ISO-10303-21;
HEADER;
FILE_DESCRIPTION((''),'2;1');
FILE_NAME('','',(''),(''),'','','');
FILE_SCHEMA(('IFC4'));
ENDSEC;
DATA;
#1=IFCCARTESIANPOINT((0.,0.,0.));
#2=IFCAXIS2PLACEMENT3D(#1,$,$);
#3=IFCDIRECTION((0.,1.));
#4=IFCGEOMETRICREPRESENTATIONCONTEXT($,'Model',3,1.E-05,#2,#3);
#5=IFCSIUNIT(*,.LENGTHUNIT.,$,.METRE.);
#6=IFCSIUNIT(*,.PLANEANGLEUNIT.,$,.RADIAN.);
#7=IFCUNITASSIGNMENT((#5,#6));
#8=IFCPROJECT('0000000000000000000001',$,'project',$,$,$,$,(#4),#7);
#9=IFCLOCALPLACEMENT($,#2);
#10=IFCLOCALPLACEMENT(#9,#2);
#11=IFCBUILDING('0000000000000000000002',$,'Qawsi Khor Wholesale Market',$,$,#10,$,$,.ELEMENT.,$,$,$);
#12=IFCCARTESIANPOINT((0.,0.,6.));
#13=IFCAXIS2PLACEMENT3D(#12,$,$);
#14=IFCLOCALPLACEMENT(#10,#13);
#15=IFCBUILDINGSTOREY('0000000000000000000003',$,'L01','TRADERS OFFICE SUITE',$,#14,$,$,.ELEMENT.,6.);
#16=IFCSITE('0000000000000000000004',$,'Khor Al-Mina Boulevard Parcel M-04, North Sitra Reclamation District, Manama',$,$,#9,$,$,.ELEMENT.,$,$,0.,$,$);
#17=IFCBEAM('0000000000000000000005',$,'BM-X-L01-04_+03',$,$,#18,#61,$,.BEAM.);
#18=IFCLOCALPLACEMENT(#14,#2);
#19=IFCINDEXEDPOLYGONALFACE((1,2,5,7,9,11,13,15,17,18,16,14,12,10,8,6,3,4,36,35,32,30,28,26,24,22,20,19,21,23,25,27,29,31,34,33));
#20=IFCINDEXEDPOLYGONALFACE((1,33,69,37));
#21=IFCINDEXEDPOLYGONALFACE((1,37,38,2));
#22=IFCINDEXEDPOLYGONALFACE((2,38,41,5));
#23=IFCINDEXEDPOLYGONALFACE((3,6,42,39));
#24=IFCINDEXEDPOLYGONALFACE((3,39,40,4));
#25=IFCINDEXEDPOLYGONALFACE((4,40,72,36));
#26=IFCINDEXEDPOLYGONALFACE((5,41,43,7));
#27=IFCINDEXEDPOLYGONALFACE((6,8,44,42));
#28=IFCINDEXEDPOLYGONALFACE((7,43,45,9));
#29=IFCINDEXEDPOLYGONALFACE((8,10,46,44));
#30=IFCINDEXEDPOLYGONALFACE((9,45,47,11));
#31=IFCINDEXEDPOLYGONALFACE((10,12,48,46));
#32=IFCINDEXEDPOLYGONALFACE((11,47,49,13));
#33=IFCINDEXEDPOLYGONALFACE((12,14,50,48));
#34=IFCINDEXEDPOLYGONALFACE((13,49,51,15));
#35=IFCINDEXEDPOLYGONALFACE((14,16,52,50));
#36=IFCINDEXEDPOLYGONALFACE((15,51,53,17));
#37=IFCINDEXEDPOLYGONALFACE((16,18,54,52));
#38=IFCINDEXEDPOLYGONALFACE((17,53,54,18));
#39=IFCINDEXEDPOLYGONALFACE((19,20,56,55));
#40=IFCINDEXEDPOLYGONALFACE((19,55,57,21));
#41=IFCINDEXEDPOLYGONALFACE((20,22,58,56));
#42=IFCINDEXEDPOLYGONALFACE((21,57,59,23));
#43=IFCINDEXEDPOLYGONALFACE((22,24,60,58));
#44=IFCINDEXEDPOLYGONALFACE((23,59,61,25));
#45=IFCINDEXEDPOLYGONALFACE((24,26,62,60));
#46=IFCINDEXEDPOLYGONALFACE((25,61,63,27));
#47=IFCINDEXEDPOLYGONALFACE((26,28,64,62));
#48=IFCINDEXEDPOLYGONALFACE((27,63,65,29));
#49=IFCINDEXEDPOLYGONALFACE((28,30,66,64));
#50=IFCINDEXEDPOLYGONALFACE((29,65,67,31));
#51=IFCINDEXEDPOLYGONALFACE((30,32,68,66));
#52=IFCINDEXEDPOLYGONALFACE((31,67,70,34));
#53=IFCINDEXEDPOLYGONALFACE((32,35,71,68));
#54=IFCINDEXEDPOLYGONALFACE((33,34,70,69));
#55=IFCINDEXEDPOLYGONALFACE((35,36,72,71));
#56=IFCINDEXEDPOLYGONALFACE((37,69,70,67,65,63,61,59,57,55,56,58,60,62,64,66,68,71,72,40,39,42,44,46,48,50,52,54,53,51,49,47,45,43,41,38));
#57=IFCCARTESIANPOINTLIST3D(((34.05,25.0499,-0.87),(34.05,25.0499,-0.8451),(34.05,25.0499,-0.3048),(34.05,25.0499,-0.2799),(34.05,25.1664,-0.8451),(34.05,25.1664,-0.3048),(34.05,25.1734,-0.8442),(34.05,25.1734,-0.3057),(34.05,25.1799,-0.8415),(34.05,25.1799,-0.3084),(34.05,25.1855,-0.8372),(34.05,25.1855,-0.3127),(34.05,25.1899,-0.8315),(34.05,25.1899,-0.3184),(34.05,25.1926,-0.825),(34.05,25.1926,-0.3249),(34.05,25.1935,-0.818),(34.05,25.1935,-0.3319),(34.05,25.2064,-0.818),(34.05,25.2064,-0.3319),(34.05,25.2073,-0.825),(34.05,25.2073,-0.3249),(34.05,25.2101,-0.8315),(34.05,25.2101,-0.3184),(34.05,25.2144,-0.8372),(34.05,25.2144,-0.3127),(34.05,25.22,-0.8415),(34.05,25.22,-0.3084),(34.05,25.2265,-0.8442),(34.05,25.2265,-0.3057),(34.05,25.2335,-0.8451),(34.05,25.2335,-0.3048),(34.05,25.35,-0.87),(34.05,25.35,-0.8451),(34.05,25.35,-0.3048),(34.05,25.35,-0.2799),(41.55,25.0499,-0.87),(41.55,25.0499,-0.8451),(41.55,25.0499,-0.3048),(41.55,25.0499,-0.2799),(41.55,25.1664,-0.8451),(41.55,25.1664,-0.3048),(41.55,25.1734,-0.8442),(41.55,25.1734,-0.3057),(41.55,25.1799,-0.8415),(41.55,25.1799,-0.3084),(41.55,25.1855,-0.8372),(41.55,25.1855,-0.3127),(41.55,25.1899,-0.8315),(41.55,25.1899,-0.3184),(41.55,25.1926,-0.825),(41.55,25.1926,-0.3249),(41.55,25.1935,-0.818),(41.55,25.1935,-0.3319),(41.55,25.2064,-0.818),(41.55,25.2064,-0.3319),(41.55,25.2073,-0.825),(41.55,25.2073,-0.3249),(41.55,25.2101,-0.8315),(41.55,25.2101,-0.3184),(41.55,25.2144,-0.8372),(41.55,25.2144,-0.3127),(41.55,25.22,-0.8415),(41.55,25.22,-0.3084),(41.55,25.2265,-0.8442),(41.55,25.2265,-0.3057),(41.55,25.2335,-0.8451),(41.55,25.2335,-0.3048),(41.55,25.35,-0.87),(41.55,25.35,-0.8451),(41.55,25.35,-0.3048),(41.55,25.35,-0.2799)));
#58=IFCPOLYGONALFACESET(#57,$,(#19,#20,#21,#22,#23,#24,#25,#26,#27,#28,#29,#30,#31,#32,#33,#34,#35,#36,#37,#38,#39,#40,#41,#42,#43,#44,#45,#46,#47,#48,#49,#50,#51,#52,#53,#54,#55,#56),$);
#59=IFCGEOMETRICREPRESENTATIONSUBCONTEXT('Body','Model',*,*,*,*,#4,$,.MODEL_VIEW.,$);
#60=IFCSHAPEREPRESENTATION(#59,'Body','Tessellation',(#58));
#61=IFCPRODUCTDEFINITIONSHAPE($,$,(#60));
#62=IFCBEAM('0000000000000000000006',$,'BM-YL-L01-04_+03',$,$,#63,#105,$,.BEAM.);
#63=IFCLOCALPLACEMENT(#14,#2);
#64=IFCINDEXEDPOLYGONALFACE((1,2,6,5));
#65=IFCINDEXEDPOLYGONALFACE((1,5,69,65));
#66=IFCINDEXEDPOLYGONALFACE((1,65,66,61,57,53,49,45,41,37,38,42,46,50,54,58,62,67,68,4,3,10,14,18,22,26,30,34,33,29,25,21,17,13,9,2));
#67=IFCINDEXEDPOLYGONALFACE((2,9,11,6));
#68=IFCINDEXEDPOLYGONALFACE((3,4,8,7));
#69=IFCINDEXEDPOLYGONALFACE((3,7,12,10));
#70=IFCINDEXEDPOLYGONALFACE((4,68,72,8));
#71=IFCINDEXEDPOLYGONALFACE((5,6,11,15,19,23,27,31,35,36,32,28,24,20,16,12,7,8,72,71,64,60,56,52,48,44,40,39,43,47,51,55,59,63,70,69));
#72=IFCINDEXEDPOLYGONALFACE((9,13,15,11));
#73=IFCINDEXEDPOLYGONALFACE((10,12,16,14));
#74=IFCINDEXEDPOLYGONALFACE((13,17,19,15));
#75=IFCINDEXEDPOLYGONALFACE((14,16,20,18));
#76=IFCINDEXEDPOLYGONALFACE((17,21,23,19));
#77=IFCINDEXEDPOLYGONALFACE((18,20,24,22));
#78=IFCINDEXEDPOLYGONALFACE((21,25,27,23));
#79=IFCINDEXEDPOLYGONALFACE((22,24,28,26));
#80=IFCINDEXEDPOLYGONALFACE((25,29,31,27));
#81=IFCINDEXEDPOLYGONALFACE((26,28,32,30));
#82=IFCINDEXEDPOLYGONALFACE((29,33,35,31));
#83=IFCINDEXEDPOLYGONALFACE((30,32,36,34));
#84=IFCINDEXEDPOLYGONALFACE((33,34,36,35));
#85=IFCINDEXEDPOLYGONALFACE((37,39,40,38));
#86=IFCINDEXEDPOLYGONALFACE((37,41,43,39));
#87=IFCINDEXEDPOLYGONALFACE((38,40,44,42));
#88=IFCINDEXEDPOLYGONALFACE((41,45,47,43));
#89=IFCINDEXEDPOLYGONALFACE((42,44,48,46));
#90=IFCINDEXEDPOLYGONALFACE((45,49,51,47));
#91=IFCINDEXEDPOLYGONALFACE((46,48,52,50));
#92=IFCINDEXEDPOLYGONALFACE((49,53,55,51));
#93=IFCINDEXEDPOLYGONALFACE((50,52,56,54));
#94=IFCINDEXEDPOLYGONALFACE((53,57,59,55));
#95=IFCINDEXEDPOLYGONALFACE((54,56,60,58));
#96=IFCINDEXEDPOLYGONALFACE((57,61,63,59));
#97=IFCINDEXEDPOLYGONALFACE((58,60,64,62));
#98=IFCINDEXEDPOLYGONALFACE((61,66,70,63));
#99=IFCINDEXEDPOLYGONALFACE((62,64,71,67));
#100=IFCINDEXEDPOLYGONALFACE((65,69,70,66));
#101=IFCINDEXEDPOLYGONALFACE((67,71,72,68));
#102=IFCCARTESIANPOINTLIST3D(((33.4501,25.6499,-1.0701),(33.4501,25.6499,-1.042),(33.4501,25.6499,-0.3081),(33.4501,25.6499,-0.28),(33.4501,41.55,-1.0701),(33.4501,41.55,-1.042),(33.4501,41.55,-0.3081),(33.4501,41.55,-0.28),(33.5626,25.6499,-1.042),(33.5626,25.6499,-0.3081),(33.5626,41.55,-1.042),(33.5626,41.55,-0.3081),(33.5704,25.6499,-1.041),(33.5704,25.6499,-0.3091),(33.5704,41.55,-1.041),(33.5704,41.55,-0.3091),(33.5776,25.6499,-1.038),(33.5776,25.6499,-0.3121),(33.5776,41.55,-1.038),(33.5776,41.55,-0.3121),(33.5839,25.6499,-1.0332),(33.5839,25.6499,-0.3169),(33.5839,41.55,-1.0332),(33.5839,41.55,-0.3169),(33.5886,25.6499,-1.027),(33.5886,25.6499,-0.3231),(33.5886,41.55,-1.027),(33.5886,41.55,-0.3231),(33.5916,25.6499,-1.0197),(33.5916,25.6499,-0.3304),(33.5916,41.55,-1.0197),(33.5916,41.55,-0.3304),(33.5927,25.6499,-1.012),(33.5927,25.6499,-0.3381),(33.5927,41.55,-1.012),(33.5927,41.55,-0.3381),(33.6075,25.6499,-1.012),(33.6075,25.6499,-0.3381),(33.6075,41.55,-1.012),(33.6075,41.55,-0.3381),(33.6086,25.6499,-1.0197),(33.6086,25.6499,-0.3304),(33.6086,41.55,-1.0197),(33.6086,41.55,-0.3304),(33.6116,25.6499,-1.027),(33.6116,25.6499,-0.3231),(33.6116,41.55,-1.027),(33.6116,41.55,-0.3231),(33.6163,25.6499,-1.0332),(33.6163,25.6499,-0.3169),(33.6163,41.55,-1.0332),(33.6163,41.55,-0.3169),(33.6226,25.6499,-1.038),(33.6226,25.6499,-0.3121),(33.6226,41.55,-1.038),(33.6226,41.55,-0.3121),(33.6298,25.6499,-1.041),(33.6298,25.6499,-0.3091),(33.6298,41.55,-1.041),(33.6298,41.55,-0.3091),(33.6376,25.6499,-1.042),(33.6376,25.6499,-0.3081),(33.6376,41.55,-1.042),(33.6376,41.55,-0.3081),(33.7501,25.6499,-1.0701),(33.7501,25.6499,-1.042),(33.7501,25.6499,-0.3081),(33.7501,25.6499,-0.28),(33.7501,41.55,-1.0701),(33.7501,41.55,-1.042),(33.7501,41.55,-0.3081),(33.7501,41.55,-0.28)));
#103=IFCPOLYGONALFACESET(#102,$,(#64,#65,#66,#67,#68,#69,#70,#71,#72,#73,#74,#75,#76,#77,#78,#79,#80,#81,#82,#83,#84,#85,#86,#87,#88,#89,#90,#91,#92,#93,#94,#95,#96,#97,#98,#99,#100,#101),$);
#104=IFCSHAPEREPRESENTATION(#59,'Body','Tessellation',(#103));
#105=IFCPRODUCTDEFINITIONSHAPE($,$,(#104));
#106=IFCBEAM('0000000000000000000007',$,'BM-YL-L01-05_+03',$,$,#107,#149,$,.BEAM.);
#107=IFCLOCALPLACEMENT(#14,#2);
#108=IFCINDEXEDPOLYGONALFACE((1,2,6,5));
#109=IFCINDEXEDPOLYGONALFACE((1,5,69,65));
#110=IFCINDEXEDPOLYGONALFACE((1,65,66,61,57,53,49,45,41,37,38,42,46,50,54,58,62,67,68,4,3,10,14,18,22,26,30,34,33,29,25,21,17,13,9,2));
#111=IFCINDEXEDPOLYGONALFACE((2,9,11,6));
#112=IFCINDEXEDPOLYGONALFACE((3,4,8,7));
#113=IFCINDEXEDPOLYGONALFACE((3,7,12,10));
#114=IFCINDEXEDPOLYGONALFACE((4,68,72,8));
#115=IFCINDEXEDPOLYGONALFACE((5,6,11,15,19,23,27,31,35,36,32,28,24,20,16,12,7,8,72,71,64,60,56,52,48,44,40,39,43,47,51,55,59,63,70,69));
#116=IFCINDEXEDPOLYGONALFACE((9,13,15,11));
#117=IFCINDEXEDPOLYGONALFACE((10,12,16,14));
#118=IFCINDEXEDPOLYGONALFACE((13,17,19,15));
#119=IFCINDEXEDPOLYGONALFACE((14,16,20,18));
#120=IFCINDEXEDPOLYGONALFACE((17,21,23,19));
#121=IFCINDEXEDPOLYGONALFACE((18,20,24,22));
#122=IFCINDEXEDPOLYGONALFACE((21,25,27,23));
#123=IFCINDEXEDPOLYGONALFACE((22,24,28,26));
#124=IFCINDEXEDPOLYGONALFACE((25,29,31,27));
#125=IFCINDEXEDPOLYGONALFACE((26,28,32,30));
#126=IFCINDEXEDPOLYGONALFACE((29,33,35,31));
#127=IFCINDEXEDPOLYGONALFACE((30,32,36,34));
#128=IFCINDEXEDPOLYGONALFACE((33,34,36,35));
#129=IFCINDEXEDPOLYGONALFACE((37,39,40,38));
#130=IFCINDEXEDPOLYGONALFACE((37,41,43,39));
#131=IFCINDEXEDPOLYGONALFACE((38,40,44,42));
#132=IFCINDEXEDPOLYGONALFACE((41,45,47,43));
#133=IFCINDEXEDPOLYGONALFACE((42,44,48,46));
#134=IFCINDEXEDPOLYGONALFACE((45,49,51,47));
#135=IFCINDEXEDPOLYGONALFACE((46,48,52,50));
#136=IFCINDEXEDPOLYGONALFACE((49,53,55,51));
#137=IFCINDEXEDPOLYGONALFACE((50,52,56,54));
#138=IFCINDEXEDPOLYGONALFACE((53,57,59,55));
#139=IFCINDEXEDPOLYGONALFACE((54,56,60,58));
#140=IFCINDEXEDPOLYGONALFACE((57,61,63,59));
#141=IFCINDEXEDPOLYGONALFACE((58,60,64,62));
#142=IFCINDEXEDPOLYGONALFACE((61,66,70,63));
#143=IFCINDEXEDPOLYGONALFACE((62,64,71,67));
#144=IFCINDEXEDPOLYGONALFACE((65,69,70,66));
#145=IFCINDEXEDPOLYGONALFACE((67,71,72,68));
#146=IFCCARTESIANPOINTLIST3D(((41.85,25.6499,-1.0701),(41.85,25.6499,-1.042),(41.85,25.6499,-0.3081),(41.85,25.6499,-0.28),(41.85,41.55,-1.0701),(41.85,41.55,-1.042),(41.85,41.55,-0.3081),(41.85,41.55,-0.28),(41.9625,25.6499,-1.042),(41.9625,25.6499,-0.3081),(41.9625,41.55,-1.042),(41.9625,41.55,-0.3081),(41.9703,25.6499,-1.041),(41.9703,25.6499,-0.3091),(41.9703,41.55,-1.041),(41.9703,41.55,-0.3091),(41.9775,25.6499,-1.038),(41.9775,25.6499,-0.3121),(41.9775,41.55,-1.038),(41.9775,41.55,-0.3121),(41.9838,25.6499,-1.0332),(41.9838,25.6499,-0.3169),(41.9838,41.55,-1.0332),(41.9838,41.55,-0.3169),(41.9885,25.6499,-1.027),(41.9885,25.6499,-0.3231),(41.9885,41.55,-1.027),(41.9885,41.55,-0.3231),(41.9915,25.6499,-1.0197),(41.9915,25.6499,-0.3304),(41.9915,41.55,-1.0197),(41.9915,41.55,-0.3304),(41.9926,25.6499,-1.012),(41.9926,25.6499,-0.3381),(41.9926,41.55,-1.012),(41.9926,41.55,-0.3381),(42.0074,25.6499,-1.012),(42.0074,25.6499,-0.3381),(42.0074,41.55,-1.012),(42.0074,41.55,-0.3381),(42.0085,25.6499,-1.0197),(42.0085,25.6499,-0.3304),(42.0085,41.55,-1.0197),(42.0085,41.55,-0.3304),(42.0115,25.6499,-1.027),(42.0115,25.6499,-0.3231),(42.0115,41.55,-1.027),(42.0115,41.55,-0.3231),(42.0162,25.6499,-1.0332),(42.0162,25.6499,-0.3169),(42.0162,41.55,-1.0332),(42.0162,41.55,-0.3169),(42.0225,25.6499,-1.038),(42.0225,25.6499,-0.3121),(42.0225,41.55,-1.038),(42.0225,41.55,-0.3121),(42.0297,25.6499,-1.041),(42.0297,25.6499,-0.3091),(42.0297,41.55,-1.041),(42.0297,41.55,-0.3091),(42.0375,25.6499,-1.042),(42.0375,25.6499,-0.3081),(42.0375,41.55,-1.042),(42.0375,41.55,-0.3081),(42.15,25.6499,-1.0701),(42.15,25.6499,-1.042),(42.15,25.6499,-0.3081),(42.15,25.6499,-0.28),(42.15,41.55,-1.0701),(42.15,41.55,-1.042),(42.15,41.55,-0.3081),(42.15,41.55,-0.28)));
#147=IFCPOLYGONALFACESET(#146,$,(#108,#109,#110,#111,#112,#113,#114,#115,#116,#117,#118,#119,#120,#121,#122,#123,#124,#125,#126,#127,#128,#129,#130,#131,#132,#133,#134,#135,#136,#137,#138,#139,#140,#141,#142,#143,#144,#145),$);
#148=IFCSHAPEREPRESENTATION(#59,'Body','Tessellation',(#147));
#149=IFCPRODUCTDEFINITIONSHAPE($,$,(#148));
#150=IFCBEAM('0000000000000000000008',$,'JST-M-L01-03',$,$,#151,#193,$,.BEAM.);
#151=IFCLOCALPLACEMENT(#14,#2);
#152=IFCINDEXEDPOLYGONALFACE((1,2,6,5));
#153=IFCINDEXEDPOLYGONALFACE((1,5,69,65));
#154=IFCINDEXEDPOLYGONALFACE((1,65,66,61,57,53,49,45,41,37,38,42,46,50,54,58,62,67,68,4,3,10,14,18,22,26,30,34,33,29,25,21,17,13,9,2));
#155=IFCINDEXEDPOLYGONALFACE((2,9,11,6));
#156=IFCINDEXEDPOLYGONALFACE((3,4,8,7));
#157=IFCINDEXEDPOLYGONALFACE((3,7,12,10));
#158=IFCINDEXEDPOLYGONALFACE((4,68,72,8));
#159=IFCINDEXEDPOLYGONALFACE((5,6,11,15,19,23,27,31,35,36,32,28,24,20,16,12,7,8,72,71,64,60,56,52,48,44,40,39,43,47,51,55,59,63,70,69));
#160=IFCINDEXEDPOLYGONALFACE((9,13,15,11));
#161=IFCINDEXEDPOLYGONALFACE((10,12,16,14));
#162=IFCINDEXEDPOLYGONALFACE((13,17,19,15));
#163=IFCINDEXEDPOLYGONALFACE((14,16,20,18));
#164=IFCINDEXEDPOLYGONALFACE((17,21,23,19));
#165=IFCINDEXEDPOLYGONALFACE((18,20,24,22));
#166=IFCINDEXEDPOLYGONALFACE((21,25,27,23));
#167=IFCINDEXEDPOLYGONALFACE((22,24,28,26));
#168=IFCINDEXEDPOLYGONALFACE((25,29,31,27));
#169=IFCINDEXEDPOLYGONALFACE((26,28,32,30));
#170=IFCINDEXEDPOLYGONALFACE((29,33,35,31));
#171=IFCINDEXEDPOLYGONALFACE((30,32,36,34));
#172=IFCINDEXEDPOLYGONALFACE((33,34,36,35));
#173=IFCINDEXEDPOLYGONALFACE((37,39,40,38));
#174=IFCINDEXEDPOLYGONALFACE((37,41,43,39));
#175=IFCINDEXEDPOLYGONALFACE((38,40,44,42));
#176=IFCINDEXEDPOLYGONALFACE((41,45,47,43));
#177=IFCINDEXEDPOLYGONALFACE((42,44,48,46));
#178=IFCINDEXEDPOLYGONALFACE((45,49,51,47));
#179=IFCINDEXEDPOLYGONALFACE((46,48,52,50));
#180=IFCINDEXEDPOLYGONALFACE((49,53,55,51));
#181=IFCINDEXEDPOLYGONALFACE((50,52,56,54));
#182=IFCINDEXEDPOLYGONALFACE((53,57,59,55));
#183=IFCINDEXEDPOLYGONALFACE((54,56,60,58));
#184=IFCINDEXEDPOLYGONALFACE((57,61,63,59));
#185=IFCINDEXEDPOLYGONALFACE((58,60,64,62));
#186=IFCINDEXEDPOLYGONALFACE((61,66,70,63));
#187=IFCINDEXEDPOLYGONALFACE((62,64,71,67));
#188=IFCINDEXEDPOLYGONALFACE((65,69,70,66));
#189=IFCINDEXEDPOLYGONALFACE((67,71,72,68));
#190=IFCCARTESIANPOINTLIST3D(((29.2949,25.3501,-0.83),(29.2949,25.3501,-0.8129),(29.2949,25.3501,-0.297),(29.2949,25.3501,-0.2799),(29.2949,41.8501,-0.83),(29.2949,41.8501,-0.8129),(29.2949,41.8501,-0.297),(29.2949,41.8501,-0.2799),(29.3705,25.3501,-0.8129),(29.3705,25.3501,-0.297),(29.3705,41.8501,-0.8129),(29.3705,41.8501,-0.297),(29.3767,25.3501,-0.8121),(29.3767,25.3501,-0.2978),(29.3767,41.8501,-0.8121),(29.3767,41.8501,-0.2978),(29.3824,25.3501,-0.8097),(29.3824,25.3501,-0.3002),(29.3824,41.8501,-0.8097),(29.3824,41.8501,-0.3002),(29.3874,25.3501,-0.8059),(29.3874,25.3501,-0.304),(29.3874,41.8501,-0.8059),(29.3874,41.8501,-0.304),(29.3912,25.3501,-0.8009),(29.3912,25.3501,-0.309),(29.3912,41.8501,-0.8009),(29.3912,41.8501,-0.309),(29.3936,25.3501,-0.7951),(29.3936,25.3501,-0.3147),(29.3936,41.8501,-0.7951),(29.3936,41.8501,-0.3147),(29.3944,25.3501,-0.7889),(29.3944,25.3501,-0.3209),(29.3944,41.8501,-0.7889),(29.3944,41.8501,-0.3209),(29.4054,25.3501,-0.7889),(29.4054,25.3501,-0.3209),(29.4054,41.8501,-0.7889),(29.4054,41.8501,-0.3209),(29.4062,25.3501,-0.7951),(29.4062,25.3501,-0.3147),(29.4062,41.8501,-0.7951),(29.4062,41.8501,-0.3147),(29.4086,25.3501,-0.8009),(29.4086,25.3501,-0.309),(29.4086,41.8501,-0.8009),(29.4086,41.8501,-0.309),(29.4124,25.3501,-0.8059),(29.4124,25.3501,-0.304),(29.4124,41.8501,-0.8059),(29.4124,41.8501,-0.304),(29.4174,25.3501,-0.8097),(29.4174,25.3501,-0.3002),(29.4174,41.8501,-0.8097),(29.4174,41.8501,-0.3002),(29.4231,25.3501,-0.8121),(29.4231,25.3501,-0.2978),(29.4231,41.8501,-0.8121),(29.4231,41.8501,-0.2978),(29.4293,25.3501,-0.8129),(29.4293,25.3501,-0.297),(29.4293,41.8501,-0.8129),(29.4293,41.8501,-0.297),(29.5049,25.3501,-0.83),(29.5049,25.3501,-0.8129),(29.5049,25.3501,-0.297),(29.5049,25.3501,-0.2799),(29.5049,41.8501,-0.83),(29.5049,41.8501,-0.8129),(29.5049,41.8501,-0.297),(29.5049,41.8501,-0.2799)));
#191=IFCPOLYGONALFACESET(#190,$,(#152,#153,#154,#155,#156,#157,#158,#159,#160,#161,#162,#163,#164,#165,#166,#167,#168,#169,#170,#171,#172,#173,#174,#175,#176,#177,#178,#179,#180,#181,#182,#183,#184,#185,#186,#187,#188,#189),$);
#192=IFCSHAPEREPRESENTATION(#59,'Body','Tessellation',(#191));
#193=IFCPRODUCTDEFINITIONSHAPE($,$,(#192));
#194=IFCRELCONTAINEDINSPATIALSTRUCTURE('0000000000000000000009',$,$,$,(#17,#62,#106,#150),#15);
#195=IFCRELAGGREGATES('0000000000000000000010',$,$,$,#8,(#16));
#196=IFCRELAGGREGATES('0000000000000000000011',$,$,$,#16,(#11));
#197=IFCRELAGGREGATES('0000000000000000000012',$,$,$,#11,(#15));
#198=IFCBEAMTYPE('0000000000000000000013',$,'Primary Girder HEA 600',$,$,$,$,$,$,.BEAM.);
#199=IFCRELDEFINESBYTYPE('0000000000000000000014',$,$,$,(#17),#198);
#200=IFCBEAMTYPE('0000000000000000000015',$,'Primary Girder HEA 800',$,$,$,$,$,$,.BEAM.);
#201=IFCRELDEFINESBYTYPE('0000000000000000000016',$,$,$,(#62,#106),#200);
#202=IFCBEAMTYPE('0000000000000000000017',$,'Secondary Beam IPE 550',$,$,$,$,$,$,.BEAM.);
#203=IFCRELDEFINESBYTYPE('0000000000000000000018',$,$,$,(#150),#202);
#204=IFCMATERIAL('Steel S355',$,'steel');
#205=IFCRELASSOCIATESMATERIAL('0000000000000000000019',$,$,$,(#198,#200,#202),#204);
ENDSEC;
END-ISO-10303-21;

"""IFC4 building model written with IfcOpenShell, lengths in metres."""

from ifc_helpers import new_model, si_unit, direction, frame, origin, origin_2d, place, context, subcontext, project, spatial, i_section, extrude, material, material_profile, profile_set, type_object, element, save


model = new_model("IFC4")

# Units and contexts
model_context = context("Model", 3, precision=1e-05, world=origin(), true_north=direction((0.0, 1.0)))
body_context = subcontext(model_context, "Body", "Model", "MODEL_VIEW")
ifc_project = project(units=[si_unit("LENGTHUNIT", "METRE"), si_unit("PLANEANGLEUNIT", "RADIAN")], contexts=[model_context])

# Site, building, storey
site_placement = place(None, origin())
site = spatial("IfcSite", under=ifc_project, at=site_placement, Name="Khor Al-Mina Boulevard Parcel M-04, North Sitra Reclamation District, Manama", CompositionType="ELEMENT", RefElevation=0.0)
building_placement = place(site_placement, origin())
building = spatial("IfcBuilding", under=site, at=building_placement, Name="Qawsi Khor Wholesale Market", CompositionType="ELEMENT")
storey_placement = place(building_placement, frame((0.0, 0.0, 6.0)))
storey = spatial("IfcBuildingStorey", under=building, at=storey_placement, Name="L01", Description="TRADERS OFFICE SUITE", CompositionType="ELEMENT", Elevation=6.0)

# Beams
ifc_material_1 = material(Name="Steel S355", Category="steel")
ifc_material_profile_1 = material_profile(ifc_material_1, i_section(OverallWidth=0.3, OverallDepth=0.5901, WebThickness=0.0129, FlangeThickness=0.0249, FilletRadius=0.0271, at=origin_2d()), Name="HEA 600")
ifc_profile_set_1 = profile_set([ifc_material_profile_1], Name="Steel S355")
beam_type_1 = type_object("IfcBeamType", Name="Primary Girder HEA 600", PredefinedType="BEAM", material=ifc_profile_set_1)
for number, where, z_axis, x_axis, name in (
    (1, (34.05, 25.2, -0.575), (1.0, 0.0, 0.0), (0.0, 1.0, 0.0), "BM-X-L01-04_+03"),
):
    element("IfcBeam", number, at=place(storey_placement, frame(where, z_axis=z_axis, x_axis=x_axis)), inside=storey, type_object=beam_type_1, Name=name, PredefinedType="BEAM", context=body_context, shape_type="SweptSolid", body=[
        extrude(i_section(OverallWidth=0.3, OverallDepth=0.5901, WebThickness=0.0129, FlangeThickness=0.0249, FilletRadius=0.0271, at=origin_2d()), origin(), (0.0, 0.0, 1.0), 7.5),
    ])
ifc_material_profile_2 = material_profile(ifc_material_1, i_section(OverallWidth=0.3, OverallDepth=0.79, WebThickness=0.0149, FlangeThickness=0.0281, FilletRadius=0.03, at=origin_2d()), Name="HEA 800")
ifc_profile_set_2 = profile_set([ifc_material_profile_2], Name="Steel S355")
beam_type_2 = type_object("IfcBeamType", Name="Primary Girder HEA 800", PredefinedType="BEAM", material=ifc_profile_set_2)
for number, where, z_axis, x_axis, name in (
    (2, (33.6001, 25.6499, -0.675), (0.0, 1.0, 0.0), (-1.0, 0.0, 0.0), "BM-YL-L01-04_+03"),
    (3, (42.0, 25.6499, -0.675), (0.0, 1.0, 0.0), (-1.0, 0.0, 0.0), "BM-YL-L01-05_+03"),
):
    element("IfcBeam", number, at=place(storey_placement, frame(where, z_axis=z_axis, x_axis=x_axis)), inside=storey, type_object=beam_type_2, Name=name, PredefinedType="BEAM", context=body_context, shape_type="SweptSolid", body=[
        extrude(i_section(OverallWidth=0.3, OverallDepth=0.79, WebThickness=0.0149, FlangeThickness=0.0281, FilletRadius=0.03, at=origin_2d()), origin(), (0.0, 0.0, 1.0), 15.9001),
    ])
ifc_material_profile_3 = material_profile(ifc_material_1, i_section(OverallWidth=0.21, OverallDepth=0.55, WebThickness=0.011, FlangeThickness=0.0171, FilletRadius=0.0239, at=origin_2d()), Name="IPE 550")
ifc_profile_set_3 = profile_set([ifc_material_profile_3], Name="Steel S355")
beam_type_3 = type_object("IfcBeamType", Name="Secondary Beam IPE 550", PredefinedType="BEAM", material=ifc_profile_set_3)
for number, where, z_axis, x_axis, name in (
    (4, (29.3999, 25.3501, -0.5549), (0.0, 1.0, 0.0), (-1.0, 0.0, 0.0), "JST-M-L01-03"),
):
    element("IfcBeam", number, at=place(storey_placement, frame(where, z_axis=z_axis, x_axis=x_axis)), inside=storey, type_object=beam_type_3, Name=name, PredefinedType="BEAM", context=body_context, shape_type="SweptSolid", body=[
        extrude(i_section(OverallWidth=0.21, OverallDepth=0.55, WebThickness=0.011, FlangeThickness=0.0171, FilletRadius=0.0239, at=origin_2d()), origin(), (0.0, 0.0, 1.0), 16.5),
    ])

save(model, "model.ifc")
